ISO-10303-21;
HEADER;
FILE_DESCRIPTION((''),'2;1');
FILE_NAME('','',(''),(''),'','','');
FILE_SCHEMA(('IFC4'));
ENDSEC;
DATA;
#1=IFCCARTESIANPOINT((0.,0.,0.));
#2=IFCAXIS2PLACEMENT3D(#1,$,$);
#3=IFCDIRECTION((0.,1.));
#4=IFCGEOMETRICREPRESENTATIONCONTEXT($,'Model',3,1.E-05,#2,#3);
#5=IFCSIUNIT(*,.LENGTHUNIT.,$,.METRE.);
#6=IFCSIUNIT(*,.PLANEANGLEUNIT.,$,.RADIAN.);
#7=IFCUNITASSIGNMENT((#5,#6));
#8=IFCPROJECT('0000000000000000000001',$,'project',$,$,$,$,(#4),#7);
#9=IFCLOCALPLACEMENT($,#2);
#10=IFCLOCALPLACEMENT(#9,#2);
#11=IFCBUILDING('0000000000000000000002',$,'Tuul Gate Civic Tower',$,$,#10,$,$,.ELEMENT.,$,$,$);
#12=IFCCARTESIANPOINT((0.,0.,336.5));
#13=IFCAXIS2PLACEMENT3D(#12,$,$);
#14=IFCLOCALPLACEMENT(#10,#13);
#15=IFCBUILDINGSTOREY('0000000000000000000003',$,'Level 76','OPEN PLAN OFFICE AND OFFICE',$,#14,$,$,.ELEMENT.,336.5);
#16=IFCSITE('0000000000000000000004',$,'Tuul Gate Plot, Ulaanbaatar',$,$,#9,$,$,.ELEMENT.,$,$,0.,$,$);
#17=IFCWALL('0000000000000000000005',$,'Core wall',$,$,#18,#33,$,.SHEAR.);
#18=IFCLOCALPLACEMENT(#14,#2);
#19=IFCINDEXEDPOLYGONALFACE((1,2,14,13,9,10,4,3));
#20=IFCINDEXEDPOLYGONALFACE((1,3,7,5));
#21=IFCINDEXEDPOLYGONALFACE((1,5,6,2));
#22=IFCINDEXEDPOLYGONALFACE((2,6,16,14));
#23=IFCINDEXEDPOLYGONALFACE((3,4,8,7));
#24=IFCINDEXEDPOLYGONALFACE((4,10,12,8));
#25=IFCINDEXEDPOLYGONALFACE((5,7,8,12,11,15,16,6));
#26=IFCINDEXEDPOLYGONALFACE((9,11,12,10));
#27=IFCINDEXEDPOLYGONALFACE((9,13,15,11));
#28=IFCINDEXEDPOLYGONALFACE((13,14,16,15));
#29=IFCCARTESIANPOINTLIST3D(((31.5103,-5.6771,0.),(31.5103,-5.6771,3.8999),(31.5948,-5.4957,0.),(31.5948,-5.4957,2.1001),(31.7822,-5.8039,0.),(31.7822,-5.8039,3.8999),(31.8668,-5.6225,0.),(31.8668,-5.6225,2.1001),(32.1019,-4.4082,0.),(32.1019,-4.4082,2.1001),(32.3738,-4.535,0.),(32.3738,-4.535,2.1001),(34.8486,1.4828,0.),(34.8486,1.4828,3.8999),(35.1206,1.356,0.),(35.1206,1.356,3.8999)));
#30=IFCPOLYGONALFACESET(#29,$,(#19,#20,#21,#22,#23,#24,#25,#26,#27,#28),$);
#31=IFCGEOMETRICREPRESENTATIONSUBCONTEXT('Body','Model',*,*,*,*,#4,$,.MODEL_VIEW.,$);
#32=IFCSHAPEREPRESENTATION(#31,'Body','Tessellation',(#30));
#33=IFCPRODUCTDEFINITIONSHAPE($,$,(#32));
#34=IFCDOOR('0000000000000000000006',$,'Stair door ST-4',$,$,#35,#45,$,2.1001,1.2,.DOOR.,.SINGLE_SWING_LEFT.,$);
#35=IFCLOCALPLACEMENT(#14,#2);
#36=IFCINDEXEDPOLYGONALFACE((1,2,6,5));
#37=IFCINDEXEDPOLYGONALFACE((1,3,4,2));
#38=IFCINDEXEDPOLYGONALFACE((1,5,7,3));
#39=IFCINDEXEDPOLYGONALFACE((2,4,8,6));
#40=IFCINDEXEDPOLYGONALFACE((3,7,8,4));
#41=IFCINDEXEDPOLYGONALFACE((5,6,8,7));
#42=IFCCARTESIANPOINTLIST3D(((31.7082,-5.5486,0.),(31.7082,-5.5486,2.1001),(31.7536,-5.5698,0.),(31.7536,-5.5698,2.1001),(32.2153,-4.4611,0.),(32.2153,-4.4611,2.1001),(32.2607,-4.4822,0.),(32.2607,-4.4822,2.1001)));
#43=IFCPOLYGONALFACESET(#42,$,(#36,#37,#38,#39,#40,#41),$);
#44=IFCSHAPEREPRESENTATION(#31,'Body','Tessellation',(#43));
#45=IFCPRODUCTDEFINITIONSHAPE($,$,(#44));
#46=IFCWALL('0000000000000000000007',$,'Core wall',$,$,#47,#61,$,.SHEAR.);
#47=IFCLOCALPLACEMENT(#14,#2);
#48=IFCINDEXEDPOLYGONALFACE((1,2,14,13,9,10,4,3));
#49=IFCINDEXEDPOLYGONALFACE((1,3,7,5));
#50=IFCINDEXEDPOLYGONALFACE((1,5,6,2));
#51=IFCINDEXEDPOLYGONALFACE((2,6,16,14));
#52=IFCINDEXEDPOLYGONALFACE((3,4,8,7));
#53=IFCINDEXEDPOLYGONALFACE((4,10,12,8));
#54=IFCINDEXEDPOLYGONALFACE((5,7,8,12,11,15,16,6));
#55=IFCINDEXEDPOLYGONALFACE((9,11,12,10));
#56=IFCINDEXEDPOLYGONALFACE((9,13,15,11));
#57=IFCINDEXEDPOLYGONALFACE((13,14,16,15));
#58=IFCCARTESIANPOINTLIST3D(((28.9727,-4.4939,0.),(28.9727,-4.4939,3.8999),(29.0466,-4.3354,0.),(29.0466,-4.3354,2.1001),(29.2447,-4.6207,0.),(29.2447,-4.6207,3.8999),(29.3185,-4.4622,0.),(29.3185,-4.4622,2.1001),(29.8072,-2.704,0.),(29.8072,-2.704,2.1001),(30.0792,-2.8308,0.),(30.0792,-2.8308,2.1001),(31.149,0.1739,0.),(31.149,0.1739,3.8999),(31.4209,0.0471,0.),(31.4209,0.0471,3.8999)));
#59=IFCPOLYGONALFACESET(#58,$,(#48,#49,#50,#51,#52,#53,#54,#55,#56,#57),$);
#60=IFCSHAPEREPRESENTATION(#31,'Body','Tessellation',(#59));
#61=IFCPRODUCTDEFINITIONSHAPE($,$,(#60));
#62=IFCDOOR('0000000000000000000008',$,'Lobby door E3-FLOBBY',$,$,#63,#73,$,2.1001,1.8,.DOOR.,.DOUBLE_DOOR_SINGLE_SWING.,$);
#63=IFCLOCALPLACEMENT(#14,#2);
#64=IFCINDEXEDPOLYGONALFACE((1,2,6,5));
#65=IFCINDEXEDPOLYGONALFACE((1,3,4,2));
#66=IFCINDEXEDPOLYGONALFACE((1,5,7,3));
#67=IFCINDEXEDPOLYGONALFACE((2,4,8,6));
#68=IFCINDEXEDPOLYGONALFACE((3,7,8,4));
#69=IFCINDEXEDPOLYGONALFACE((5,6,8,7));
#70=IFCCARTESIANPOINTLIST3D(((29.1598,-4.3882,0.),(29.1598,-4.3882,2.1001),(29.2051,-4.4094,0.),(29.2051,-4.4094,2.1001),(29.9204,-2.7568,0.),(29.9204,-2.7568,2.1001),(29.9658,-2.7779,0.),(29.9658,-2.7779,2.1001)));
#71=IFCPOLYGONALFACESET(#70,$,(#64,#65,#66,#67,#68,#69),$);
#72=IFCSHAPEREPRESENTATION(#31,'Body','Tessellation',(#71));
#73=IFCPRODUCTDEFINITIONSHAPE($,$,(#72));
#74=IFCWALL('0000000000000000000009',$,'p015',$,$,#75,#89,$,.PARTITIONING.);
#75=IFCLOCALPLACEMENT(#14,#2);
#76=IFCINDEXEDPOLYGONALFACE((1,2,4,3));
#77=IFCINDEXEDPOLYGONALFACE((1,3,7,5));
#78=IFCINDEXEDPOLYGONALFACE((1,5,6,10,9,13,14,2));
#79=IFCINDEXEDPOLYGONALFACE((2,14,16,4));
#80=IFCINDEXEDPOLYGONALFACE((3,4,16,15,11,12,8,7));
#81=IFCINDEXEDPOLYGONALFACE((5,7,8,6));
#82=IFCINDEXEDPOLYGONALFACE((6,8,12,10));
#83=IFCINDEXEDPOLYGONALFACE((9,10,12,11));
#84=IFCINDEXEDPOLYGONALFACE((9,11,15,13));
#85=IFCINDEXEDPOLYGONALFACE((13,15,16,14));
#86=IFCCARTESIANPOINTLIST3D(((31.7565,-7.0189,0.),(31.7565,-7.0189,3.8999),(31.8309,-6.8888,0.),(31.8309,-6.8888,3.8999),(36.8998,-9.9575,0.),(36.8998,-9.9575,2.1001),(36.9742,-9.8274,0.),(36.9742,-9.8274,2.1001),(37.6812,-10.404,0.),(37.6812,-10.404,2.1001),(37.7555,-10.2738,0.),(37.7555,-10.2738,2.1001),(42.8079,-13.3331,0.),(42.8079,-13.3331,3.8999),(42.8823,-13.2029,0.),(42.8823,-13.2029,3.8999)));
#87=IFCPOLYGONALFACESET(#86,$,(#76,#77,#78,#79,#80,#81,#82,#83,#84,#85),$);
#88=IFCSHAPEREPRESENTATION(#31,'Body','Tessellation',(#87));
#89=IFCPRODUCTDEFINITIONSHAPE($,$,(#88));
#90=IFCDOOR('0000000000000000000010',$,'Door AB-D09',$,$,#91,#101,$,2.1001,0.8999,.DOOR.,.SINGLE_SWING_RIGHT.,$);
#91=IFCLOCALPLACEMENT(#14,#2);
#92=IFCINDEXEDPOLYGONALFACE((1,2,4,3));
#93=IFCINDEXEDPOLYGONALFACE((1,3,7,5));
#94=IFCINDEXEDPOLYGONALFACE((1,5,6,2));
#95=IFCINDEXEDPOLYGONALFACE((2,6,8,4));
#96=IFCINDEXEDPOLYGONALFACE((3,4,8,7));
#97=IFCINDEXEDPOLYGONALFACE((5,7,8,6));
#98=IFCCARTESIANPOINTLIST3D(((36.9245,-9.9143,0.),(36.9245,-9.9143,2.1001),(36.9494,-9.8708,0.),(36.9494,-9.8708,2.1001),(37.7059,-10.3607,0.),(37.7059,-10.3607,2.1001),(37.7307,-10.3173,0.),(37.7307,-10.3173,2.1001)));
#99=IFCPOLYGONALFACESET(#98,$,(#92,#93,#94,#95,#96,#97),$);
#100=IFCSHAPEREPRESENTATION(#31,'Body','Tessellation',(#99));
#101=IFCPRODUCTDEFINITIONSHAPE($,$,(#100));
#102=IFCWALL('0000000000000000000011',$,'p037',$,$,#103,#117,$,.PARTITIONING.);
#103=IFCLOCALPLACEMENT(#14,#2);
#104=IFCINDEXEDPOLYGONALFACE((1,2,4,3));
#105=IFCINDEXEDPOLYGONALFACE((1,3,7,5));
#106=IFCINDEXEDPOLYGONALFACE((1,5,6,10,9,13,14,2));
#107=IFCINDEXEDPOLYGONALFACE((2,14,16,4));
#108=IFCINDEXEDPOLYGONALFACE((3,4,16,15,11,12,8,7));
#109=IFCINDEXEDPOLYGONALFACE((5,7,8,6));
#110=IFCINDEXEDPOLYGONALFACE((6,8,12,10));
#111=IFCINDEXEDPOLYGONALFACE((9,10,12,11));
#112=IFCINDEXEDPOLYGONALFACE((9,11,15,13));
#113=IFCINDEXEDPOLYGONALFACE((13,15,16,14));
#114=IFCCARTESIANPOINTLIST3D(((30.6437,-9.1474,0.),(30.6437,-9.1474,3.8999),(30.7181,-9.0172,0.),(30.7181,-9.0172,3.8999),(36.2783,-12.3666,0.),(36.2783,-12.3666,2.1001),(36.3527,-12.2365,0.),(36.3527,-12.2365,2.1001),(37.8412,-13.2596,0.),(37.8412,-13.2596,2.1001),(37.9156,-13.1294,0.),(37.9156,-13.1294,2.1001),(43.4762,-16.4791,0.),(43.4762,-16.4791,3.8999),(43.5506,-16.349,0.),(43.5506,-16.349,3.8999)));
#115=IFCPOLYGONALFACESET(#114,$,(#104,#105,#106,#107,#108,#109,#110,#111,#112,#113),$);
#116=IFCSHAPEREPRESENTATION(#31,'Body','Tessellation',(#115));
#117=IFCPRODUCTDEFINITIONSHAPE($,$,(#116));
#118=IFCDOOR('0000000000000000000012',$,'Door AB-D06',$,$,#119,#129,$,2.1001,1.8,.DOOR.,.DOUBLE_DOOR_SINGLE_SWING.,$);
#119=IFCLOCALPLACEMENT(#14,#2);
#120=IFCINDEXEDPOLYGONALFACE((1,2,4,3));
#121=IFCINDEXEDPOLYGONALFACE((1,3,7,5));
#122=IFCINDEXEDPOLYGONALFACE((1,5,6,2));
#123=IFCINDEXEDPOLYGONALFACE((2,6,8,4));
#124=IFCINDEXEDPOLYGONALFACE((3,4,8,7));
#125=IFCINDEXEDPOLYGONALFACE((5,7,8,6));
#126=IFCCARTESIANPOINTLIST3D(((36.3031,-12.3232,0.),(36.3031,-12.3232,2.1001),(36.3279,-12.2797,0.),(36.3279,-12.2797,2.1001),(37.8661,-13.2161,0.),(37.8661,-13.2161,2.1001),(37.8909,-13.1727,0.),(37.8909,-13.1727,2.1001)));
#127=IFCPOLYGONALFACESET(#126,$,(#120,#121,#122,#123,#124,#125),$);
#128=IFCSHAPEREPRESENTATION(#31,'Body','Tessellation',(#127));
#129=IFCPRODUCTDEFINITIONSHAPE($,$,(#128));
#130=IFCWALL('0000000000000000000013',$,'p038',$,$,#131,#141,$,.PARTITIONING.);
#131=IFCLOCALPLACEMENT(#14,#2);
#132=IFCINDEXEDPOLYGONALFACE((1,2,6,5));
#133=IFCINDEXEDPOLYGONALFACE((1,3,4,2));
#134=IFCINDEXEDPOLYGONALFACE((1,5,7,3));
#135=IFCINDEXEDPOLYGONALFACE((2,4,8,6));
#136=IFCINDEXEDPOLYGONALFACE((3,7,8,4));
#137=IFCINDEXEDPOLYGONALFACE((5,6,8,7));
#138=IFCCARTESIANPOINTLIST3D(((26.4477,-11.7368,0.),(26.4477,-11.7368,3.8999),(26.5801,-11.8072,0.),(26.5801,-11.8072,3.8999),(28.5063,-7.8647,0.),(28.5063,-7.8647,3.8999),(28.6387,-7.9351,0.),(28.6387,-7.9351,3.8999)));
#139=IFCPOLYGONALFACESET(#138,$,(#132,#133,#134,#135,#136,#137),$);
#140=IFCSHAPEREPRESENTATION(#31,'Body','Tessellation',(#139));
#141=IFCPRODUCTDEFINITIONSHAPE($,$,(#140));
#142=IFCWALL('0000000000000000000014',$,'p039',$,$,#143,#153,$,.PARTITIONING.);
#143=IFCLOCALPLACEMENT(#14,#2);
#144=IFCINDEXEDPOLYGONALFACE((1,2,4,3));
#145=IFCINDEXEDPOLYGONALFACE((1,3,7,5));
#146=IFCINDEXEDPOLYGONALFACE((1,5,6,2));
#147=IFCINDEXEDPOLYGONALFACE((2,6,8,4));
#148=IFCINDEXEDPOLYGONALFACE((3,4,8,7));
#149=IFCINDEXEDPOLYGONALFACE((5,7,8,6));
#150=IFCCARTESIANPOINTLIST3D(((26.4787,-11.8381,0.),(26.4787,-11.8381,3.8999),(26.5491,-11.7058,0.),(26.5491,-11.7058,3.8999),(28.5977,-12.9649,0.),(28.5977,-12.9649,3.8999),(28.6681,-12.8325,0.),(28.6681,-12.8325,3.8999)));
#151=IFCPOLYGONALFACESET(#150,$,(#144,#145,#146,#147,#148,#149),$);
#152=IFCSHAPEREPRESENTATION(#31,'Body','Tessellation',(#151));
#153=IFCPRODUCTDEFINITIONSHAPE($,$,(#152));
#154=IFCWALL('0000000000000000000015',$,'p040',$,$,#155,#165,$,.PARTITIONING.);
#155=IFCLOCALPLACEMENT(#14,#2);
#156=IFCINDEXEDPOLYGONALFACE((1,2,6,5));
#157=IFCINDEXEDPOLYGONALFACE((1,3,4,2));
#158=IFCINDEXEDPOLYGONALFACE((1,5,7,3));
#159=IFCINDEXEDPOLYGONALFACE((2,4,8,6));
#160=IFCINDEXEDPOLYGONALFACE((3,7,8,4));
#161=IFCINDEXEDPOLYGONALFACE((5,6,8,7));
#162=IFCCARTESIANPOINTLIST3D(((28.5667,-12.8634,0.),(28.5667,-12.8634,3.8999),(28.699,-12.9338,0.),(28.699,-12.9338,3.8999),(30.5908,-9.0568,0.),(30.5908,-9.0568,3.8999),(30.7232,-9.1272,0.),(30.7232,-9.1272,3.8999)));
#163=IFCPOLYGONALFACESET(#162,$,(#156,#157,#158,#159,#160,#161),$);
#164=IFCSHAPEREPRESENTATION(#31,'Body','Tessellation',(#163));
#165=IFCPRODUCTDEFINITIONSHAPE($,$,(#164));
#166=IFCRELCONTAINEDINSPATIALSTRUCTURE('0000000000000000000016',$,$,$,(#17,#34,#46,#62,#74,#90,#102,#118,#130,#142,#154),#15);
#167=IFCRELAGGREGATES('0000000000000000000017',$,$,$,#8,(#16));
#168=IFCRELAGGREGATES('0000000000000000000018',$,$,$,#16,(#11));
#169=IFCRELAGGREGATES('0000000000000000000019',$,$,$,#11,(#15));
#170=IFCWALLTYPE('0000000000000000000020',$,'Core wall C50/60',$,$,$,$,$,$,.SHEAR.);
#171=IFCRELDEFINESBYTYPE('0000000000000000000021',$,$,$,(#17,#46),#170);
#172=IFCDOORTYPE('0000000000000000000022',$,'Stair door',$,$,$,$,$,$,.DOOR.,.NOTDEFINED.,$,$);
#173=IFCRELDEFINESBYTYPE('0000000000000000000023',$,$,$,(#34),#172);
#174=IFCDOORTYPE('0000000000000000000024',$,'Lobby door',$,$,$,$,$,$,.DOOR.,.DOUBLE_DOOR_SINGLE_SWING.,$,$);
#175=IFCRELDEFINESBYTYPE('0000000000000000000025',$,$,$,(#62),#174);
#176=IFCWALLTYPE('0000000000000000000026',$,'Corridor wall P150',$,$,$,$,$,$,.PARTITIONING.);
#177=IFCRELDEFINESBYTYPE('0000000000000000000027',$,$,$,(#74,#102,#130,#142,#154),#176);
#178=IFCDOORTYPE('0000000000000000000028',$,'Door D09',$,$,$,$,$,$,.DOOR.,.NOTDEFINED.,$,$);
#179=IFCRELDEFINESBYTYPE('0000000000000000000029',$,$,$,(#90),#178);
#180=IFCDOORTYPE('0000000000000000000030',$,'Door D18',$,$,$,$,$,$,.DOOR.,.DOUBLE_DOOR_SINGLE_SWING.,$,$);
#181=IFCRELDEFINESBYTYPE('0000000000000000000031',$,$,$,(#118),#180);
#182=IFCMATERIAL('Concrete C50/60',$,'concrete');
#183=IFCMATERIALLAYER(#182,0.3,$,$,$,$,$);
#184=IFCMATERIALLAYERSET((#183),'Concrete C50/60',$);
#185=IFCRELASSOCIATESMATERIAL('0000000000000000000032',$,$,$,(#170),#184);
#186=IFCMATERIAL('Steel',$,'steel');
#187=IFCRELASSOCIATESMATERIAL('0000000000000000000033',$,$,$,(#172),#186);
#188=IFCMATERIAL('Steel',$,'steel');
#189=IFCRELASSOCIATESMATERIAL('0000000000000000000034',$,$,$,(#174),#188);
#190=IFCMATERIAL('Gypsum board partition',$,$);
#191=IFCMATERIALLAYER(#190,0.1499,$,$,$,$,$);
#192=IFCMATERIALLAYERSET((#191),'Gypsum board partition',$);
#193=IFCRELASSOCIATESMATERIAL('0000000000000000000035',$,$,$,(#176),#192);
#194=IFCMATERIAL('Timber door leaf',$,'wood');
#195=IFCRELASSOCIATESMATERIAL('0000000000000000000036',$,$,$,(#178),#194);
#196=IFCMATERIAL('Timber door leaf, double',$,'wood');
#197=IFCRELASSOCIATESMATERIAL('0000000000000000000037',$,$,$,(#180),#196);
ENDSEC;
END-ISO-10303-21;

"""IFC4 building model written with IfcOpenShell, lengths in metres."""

from ifc_helpers import new_model, si_unit, direction, frame, frame_2d, origin, place, context, subcontext, project, spatial, rectangle, extrude, material, layer, layer_set, type_object, element, fill, save


model = new_model("IFC4")

# Units and contexts
model_context = context("Model", 3, precision=1e-05, world=origin(), true_north=direction((0.0, 1.0)))
body_context = subcontext(model_context, "Body", "Model", "MODEL_VIEW")
ifc_project = project(units=[si_unit("LENGTHUNIT", "METRE"), si_unit("PLANEANGLEUNIT", "RADIAN")], contexts=[model_context])

# Site, building, storey
site_placement = place(None, origin())
site = spatial("IfcSite", under=ifc_project, at=site_placement, Name="Tuul Gate Plot, Ulaanbaatar", CompositionType="ELEMENT", RefElevation=0.0)
building_placement = place(site_placement, origin())
building = spatial("IfcBuilding", under=site, at=building_placement, Name="Tuul Gate Civic Tower", CompositionType="ELEMENT")
storey_placement = place(building_placement, frame((0.0, 0.0, 336.5)))
storey = spatial("IfcBuildingStorey", under=building, at=storey_placement, Name="Level 76", Description="OPEN PLAN OFFICE AND OFFICE", CompositionType="ELEMENT", Elevation=336.5)

# Walls, openings, doors
ifc_material_1 = material(Name="Concrete C50/60", Category="concrete")
ifc_layer_1 = layer(ifc_material_1, 0.3)
ifc_layer_set_1 = layer_set([ifc_layer_1], Name="Concrete C50/60")
wall_type_1 = type_object("IfcWallType", Name="Core wall C50/60", PredefinedType="SHEAR", material=ifc_layer_set_1)
wall_1_placement = place(storey_placement, frame((31.6462, -5.7405, 0.0), z_axis=(0.0, 0.0, 1.0), x_axis=(0.422583, 0.906324, 0.0)))
wall_1 = element("IfcWall", 1, at=wall_1_placement, inside=storey, type_object=wall_type_1, Name="Core wall", PredefinedType="SHEAR", context=body_context, shape_type="SweptSolid", body=[
    extrude(rectangle(XDim=7.8999, YDim=0.3, at=frame_2d((3.95, 0.0))), origin(), (0.0, 0.0, 1.0), 3.8999),
])
opening_1_placement = place(wall_1_placement, frame((0.2, 0.0, 0.0)))
opening_1 = element("IfcOpeningElement", 2, at=opening_1_placement, cuts=wall_1, PredefinedType="OPENING", context=body_context, shape_type="SweptSolid", body=[
    extrude(rectangle(XDim=1.2, YDim=2.1001, at=frame_2d((0.6001, 1.05))), frame((0.0, 0.1602, 0.0), z_axis=(0.0, -1.0, 0.0), x_axis=(1.0, 0.0, 0.0)), (0.0, 0.0, 1.0), 0.3201),
])
ifc_material_2 = material(Name="Steel", Category="steel")
door_type_1 = type_object("IfcDoorType", Name="Stair door", OperationType="NOTDEFINED", PredefinedType="DOOR", material=ifc_material_2)
door_1_placement = place(opening_1_placement, origin())
door_1 = element("IfcDoor", 3, at=door_1_placement, inside=storey, type_object=door_type_1, Name="Stair door ST-4", OperationType="SINGLE_SWING_LEFT", OverallHeight=2.1001, OverallWidth=1.2, PredefinedType="DOOR", context=body_context, shape_type="SweptSolid", body=[
    extrude(rectangle(XDim=1.2, YDim=2.1001, at=frame_2d((0.6001, 1.05))), frame((0.0, 0.0249, 0.0), z_axis=(0.0, -1.0, 0.0), x_axis=(1.0, 0.0, 0.0)), (0.0, 0.0, 1.0), 0.05),
])
fill(opening_1, door_1)
wall_2_placement = place(storey_placement, frame((29.1086, -4.5574, 0.0), z_axis=(0.0, 0.0, 1.0), x_axis=(0.422566, 0.906332, 0.0)))
wall_2 = element("IfcWall", 4, at=wall_2_placement, inside=storey, type_object=wall_type_1, Name="Core wall", PredefinedType="SHEAR", context=body_context, shape_type="SweptSolid", body=[
    extrude(rectangle(XDim=5.1501, YDim=0.3, at=frame_2d((2.5752, 0.0))), origin(), (0.0, 0.0, 1.0), 3.8999),
])
opening_2_placement = place(wall_2_placement, frame((0.175, 0.0, 0.0)))
opening_2 = element("IfcOpeningElement", 5, at=opening_2_placement, cuts=wall_2, PredefinedType="OPENING", context=body_context, shape_type="SweptSolid", body=[
    extrude(rectangle(XDim=1.8, YDim=2.1001, at=frame_2d((0.8999, 1.05))), frame((0.0, 0.1602, 0.0), z_axis=(0.0, -1.0, 0.0), x_axis=(1.0, 0.0, 0.0)), (0.0, 0.0, 1.0), 0.3201),
])
ifc_material_3 = material(Name="Steel", Category="steel")
door_type_2 = type_object("IfcDoorType", Name="Lobby door", OperationType="DOUBLE_DOOR_SINGLE_SWING", PredefinedType="DOOR", material=ifc_material_3)
door_2_placement = place(opening_2_placement, frame((1.8, 0.0, 0.0), z_axis=(0.0, 0.0, 1.0), x_axis=(-1.0, 0.0, 0.0)))
door_2 = element("IfcDoor", 6, at=door_2_placement, inside=storey, type_object=door_type_2, Name="Lobby door E3-FLOBBY", OperationType="DOUBLE_DOOR_SINGLE_SWING", OverallHeight=2.1001, OverallWidth=1.8, PredefinedType="DOOR", context=body_context, shape_type="SweptSolid", body=[
    extrude(rectangle(XDim=1.8, YDim=2.1001, at=frame_2d((0.9001, 1.05))), frame((0.0, 0.0249, 0.0), z_axis=(0.0, -1.0, 0.0), x_axis=(1.0, 0.0, 0.0)), (0.0, 0.0, 1.0), 0.05),
])
fill(opening_2, door_2)
ifc_material_4 = material(Name="Gypsum board partition")
ifc_layer_2 = layer(ifc_material_4, 0.1499)
ifc_layer_set_2 = layer_set([ifc_layer_2], Name="Gypsum board partition")
wall_type_2 = type_object("IfcWallType", Name="Corridor wall P150", PredefinedType="PARTITIONING", material=ifc_layer_set_2)
wall_3_placement = place(storey_placement, frame((31.7937, -6.9539, 0.0), z_axis=(0.0, 0.0, 1.0), x_axis=(0.868275, -0.496083, 0.0)))
wall_3 = element("IfcWall", 7, at=wall_3_placement, inside=storey, type_object=wall_type_2, Name="p015", PredefinedType="PARTITIONING", context=body_context, shape_type="SweptSolid", body=[
    extrude(rectangle(XDim=12.728, YDim=0.1499, at=frame_2d((6.364, 0.0))), origin(), (0.0, 0.0, 1.0), 3.8999),
])
opening_3_placement = place(wall_3_placement, frame((5.9236, 0.0, 0.0)))
opening_3 = element("IfcOpeningElement", 8, at=opening_3_placement, cuts=wall_3, PredefinedType="OPENING", context=body_context, shape_type="SweptSolid", body=[
    extrude(rectangle(XDim=0.8999, YDim=2.1001, at=frame_2d((0.45, 1.05))), frame((0.0, 0.085, 0.0), z_axis=(0.0, -1.0, 0.0), x_axis=(1.0, 0.0, 0.0)), (0.0, 0.0, 1.0), 0.1699),
])
ifc_material_5 = material(Name="Timber door leaf", Category="wood")
door_type_3 = type_object("IfcDoorType", Name="Door D09", OperationType="NOTDEFINED", PredefinedType="DOOR", material=ifc_material_5)
door_3_placement = place(opening_3_placement, origin())
door_3 = element("IfcDoor", 9, at=door_3_placement, inside=storey, type_object=door_type_3, Name="Door AB-D09", OperationType="SINGLE_SWING_RIGHT", OverallHeight=2.1001, OverallWidth=0.8999, PredefinedType="DOOR", context=body_context, shape_type="SweptSolid", body=[
    extrude(rectangle(XDim=0.8999, YDim=2.1001, at=frame_2d((0.45, 1.05))), frame((0.0, 0.0249, 0.0), z_axis=(0.0, -1.0, 0.0), x_axis=(1.0, 0.0, 0.0)), (0.0, 0.0, 1.0), 0.05),
])
fill(opening_3, door_3)
wall_4_placement = place(storey_placement, frame((30.6809, -9.0823, 0.0), z_axis=(0.0, 0.0, 1.0), x_axis=(0.868275, -0.496084, 0.0)))
wall_4 = element("IfcWall", 10, at=wall_4_placement, inside=storey, type_object=wall_type_2, Name="p037", PredefinedType="PARTITIONING", context=body_context, shape_type="SweptSolid", body=[
    extrude(rectangle(XDim=14.7793, YDim=0.1499, at=frame_2d((7.3896, 0.0))), origin(), (0.0, 0.0, 1.0), 3.8999),
])
opening_4_placement = place(wall_4_placement, frame((6.4895, 0.0, 0.0)))
opening_4 = element("IfcOpeningElement", 11, at=opening_4_placement, cuts=wall_4, PredefinedType="OPENING", context=body_context, shape_type="SweptSolid", body=[
    extrude(rectangle(XDim=1.8, YDim=2.1001, at=frame_2d((0.8999, 1.05))), frame((0.0, 0.085, 0.0), z_axis=(0.0, -1.0, 0.0), x_axis=(1.0, 0.0, 0.0)), (0.0, 0.0, 1.0), 0.1699),
])
ifc_material_6 = material(Name="Timber door leaf, double", Category="wood")
door_type_4 = type_object("IfcDoorType", Name="Door D18", OperationType="DOUBLE_DOOR_SINGLE_SWING", PredefinedType="DOOR", material=ifc_material_6)
door_4_placement = place(opening_4_placement, frame((1.8, 0.0, 0.0), z_axis=(0.0, 0.0, 1.0), x_axis=(-1.0, 0.0, 0.0)))
door_4 = element("IfcDoor", 12, at=door_4_placement, inside=storey, type_object=door_type_4, Name="Door AB-D06", OperationType="DOUBLE_DOOR_SINGLE_SWING", OverallHeight=2.1001, OverallWidth=1.8, PredefinedType="DOOR", context=body_context, shape_type="SweptSolid", body=[
    extrude(rectangle(XDim=1.8, YDim=2.1001, at=frame_2d((0.9001, 1.05))), frame((0.0, 0.0249, 0.0), z_axis=(0.0, -1.0, 0.0), x_axis=(1.0, 0.0, 0.0)), (0.0, 0.0, 1.0), 0.05),
])
fill(opening_4, door_4)

# Walls
wall_5_placement = place(storey_placement, frame((26.5139, -11.772, 0.0), z_axis=(0.0, 0.0, 1.0), x_axis=(0.469432, 0.882969, 0.0)))
element("IfcWall", 13, at=wall_5_placement, inside=storey, type_object=wall_type_2, Name="p038", PredefinedType="PARTITIONING", context=body_context, shape_type="SweptSolid", body=[
    extrude(rectangle(XDim=4.3853, YDim=0.1499, at=frame_2d((2.1926, 0.0))), origin(), (0.0, 0.0, 1.0), 3.8999),
])
wall_6_placement = place(storey_placement, frame((26.5139, -11.772, 0.0), z_axis=(0.0, 0.0, 1.0), x_axis=(0.882935, -0.469495, 0.0)))
element("IfcWall", 14, at=wall_6_placement, inside=storey, type_object=wall_type_2, Name="p039", PredefinedType="PARTITIONING", context=body_context, shape_type="SweptSolid", body=[
    extrude(rectangle(XDim=2.3999, YDim=0.1499, at=frame_2d((1.2, 0.0))), origin(), (0.0, 0.0, 1.0), 3.8999),
])
wall_7_placement = place(storey_placement, frame((28.6328, -12.8987, 0.0), z_axis=(0.0, 0.0, 1.0), x_axis=(0.469497, 0.882934, 0.0)))
element("IfcWall", 15, at=wall_7_placement, inside=storey, type_object=wall_type_2, Name="p040", PredefinedType="PARTITIONING", context=body_context, shape_type="SweptSolid", body=[
    extrude(rectangle(XDim=4.3113, YDim=0.1499, at=frame_2d((2.1558, 0.0))), origin(), (0.0, 0.0, 1.0), 3.8999),
])

save(model, "model.ifc")
